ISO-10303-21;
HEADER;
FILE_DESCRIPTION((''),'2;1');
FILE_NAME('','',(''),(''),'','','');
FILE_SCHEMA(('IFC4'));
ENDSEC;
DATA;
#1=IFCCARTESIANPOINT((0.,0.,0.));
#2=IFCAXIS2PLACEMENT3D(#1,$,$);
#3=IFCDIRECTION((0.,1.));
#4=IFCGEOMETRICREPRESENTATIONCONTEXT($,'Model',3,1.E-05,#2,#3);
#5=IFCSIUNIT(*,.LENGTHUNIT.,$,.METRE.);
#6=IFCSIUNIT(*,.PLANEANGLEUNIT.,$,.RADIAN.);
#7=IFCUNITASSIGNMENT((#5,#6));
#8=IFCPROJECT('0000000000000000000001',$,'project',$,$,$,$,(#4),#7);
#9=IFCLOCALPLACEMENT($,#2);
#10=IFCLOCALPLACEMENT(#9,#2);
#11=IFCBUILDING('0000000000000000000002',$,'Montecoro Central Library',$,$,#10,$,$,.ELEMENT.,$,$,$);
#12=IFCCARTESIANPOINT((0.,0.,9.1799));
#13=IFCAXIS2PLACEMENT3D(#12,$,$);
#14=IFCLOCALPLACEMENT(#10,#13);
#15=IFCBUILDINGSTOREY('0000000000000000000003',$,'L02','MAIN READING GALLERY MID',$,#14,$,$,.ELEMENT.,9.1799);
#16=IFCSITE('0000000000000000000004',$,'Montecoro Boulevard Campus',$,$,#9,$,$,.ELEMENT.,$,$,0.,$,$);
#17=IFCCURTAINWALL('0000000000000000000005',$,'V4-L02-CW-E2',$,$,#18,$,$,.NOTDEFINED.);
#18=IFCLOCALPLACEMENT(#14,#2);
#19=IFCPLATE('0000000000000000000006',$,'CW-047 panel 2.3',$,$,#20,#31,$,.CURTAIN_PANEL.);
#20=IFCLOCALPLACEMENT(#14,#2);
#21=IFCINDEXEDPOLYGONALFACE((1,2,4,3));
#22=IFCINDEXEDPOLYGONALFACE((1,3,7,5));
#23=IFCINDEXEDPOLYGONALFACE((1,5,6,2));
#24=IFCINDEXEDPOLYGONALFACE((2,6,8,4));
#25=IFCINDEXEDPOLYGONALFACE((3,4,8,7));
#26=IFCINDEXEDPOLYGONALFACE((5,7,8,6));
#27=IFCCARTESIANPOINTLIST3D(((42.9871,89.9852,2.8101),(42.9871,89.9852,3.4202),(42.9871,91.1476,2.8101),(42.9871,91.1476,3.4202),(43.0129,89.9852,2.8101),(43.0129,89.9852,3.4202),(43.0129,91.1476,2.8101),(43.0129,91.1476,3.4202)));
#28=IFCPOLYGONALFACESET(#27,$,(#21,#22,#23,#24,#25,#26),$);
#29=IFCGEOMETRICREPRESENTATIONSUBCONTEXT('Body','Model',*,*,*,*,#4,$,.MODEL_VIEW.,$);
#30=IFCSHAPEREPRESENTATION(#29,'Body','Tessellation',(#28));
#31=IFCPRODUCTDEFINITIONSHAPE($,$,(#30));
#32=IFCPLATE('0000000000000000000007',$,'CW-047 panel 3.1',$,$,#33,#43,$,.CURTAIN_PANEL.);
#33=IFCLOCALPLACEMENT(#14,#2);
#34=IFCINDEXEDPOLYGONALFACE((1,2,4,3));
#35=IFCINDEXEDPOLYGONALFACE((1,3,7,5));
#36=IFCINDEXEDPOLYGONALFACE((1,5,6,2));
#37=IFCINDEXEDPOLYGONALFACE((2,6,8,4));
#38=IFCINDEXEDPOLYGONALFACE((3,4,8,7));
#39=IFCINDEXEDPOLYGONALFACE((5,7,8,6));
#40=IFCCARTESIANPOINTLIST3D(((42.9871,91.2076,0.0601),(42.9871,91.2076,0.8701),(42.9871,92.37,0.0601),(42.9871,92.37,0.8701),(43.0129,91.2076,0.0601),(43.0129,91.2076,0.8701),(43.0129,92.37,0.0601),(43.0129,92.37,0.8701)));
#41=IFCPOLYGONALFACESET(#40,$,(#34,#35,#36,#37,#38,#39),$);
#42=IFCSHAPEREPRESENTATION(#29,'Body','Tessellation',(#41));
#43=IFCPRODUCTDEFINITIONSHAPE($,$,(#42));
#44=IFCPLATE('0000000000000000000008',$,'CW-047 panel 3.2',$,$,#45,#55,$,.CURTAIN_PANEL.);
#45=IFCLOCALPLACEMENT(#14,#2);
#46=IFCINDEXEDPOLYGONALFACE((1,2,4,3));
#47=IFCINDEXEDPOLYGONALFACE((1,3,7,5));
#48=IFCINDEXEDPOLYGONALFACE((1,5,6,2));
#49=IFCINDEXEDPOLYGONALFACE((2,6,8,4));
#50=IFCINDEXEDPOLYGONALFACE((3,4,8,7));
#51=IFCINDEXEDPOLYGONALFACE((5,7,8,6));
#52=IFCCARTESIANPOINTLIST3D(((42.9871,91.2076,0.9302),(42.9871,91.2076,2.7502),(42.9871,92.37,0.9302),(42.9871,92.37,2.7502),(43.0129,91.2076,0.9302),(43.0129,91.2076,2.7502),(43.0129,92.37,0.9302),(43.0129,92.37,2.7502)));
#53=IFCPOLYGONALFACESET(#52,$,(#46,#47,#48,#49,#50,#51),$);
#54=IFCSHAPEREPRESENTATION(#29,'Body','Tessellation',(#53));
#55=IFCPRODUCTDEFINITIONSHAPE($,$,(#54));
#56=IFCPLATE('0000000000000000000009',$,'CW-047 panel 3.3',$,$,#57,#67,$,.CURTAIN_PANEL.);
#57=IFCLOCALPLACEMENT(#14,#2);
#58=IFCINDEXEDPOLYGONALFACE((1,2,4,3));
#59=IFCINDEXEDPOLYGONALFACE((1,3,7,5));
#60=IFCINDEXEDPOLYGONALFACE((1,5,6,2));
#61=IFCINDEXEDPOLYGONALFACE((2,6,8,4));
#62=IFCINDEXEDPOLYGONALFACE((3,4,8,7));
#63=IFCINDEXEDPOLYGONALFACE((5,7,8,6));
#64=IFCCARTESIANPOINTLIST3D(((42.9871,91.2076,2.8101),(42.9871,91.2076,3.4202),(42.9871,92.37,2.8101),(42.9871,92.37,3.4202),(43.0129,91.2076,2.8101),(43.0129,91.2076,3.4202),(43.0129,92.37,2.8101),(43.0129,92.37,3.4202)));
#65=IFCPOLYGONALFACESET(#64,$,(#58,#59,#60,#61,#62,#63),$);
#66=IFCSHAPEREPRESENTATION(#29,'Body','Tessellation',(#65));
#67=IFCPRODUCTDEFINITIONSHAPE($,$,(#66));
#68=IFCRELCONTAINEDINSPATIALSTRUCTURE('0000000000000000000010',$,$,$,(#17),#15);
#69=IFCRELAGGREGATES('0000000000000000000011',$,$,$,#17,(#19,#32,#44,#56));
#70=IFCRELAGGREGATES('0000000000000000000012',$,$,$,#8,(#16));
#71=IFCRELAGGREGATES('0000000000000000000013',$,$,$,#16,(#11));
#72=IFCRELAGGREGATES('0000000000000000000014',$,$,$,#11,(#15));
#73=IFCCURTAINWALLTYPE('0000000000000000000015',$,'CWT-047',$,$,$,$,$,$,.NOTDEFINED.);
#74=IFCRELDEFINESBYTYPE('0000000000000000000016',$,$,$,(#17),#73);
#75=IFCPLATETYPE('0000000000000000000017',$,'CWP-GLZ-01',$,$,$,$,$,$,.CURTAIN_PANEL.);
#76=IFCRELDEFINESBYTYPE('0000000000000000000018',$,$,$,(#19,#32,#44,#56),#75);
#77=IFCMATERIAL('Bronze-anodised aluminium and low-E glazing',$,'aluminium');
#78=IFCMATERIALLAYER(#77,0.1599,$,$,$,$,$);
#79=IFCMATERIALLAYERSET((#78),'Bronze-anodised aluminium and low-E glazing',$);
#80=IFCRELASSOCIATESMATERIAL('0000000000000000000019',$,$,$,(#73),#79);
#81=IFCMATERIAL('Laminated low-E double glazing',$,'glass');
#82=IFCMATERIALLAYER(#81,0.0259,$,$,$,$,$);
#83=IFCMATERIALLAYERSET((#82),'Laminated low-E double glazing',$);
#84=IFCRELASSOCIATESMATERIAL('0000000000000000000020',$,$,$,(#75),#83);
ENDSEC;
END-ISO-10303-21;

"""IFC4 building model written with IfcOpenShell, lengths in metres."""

from ifc_helpers import new_model, si_unit, direction, frame, origin, origin_2d, place, context, subcontext, project, spatial, rectangle, extrude, material, layer, layer_set, type_object, element, aggregate, save


model = new_model("IFC4")

# Units and contexts
model_context = context("Model", 3, precision=1e-05, world=origin(), true_north=direction((0.0, 1.0)))
body_context = subcontext(model_context, "Body", "Model", "MODEL_VIEW")
ifc_project = project(units=[si_unit("LENGTHUNIT", "METRE"), si_unit("PLANEANGLEUNIT", "RADIAN")], contexts=[model_context])

# Site, building, storey
site_placement = place(None, origin())
site = spatial("IfcSite", under=ifc_project, at=site_placement, Name="Montecoro Boulevard Campus", CompositionType="ELEMENT", RefElevation=0.0)
building_placement = place(site_placement, origin())
building = spatial("IfcBuilding", under=site, at=building_placement, Name="Montecoro Central Library", CompositionType="ELEMENT")
storey_placement = place(building_placement, frame((0.0, 0.0, 9.1799)))
storey = spatial("IfcBuildingStorey", under=building, at=storey_placement, Name="L02", Description="MAIN READING GALLERY MID", CompositionType="ELEMENT", Elevation=9.1799)

# Curtain wall, plates
ifc_material_1 = material(Name="Bronze-anodised aluminium and low-E glazing", Category="aluminium")
ifc_layer_1 = layer(ifc_material_1, 0.1599)
ifc_layer_set_1 = layer_set([ifc_layer_1], Name="Bronze-anodised aluminium and low-E glazing")
curtain_wall_type = type_object("IfcCurtainWallType", Name="CWT-047", PredefinedType="NOTDEFINED", material=ifc_layer_set_1)
curtain_wall_placement = place(storey_placement, origin())
curtain_wall = element("IfcCurtainWall", 1, at=curtain_wall_placement, inside=storey, type_object=curtain_wall_type, Name="V4-L02-CW-E2", PredefinedType="NOTDEFINED")
ifc_material_2 = material(Name="Laminated low-E double glazing", Category="glass")
ifc_layer_2 = layer(ifc_material_2, 0.0259)
ifc_layer_set_2 = layer_set([ifc_layer_2], Name="Laminated low-E double glazing")
plate_type = type_object("IfcPlateType", Name="CWP-GLZ-01", PredefinedType="CURTAIN_PANEL", material=ifc_layer_set_2)
plate_1_placement = place(storey_placement, frame((43.0, 90.5664, 2.8101), z_axis=(0.0, 0.0, 1.0), x_axis=(0.0, 1.0, 0.0)))
plate_1 = element("IfcPlate", 2, at=plate_1_placement, type_object=plate_type, Name="CW-047 panel 2.3", PredefinedType="CURTAIN_PANEL", context=body_context, shape_type="SweptSolid", body=[
    extrude(rectangle(XDim=1.1624, YDim=0.0259, at=origin_2d()), origin(), (0.0, 0.0, 1.0), 0.6101),
])
plate_2_placement = place(storey_placement, frame((43.0, 91.7888, 0.0601), z_axis=(0.0, 0.0, 1.0), x_axis=(0.0, 1.0, 0.0)))
plate_2 = element("IfcPlate", 3, at=plate_2_placement, type_object=plate_type, Name="CW-047 panel 3.1", PredefinedType="CURTAIN_PANEL", context=body_context, shape_type="SweptSolid", body=[
    extrude(rectangle(XDim=1.1624, YDim=0.0259, at=origin_2d()), origin(), (0.0, 0.0, 1.0), 0.8101),
])
plate_3_placement = place(storey_placement, frame((43.0, 91.7888, 0.9302), z_axis=(0.0, 0.0, 1.0), x_axis=(0.0, 1.0, 0.0)))
plate_3 = element("IfcPlate", 4, at=plate_3_placement, type_object=plate_type, Name="CW-047 panel 3.2", PredefinedType="CURTAIN_PANEL", context=body_context, shape_type="SweptSolid", body=[
    extrude(rectangle(XDim=1.1624, YDim=0.0259, at=origin_2d()), origin(), (0.0, 0.0, 1.0), 1.8201),
])
plate_4_placement = place(storey_placement, frame((43.0, 91.7888, 2.8101), z_axis=(0.0, 0.0, 1.0), x_axis=(0.0, 1.0, 0.0)))
plate_4 = element("IfcPlate", 5, at=plate_4_placement, type_object=plate_type, Name="CW-047 panel 3.3", PredefinedType="CURTAIN_PANEL", context=body_context, shape_type="SweptSolid", body=[
    extrude(rectangle(XDim=1.1624, YDim=0.0259, at=origin_2d()), origin(), (0.0, 0.0, 1.0), 0.6101),
])
aggregate(curtain_wall, [plate_1, plate_2, plate_3, plate_4])

save(model, "model.ifc")
